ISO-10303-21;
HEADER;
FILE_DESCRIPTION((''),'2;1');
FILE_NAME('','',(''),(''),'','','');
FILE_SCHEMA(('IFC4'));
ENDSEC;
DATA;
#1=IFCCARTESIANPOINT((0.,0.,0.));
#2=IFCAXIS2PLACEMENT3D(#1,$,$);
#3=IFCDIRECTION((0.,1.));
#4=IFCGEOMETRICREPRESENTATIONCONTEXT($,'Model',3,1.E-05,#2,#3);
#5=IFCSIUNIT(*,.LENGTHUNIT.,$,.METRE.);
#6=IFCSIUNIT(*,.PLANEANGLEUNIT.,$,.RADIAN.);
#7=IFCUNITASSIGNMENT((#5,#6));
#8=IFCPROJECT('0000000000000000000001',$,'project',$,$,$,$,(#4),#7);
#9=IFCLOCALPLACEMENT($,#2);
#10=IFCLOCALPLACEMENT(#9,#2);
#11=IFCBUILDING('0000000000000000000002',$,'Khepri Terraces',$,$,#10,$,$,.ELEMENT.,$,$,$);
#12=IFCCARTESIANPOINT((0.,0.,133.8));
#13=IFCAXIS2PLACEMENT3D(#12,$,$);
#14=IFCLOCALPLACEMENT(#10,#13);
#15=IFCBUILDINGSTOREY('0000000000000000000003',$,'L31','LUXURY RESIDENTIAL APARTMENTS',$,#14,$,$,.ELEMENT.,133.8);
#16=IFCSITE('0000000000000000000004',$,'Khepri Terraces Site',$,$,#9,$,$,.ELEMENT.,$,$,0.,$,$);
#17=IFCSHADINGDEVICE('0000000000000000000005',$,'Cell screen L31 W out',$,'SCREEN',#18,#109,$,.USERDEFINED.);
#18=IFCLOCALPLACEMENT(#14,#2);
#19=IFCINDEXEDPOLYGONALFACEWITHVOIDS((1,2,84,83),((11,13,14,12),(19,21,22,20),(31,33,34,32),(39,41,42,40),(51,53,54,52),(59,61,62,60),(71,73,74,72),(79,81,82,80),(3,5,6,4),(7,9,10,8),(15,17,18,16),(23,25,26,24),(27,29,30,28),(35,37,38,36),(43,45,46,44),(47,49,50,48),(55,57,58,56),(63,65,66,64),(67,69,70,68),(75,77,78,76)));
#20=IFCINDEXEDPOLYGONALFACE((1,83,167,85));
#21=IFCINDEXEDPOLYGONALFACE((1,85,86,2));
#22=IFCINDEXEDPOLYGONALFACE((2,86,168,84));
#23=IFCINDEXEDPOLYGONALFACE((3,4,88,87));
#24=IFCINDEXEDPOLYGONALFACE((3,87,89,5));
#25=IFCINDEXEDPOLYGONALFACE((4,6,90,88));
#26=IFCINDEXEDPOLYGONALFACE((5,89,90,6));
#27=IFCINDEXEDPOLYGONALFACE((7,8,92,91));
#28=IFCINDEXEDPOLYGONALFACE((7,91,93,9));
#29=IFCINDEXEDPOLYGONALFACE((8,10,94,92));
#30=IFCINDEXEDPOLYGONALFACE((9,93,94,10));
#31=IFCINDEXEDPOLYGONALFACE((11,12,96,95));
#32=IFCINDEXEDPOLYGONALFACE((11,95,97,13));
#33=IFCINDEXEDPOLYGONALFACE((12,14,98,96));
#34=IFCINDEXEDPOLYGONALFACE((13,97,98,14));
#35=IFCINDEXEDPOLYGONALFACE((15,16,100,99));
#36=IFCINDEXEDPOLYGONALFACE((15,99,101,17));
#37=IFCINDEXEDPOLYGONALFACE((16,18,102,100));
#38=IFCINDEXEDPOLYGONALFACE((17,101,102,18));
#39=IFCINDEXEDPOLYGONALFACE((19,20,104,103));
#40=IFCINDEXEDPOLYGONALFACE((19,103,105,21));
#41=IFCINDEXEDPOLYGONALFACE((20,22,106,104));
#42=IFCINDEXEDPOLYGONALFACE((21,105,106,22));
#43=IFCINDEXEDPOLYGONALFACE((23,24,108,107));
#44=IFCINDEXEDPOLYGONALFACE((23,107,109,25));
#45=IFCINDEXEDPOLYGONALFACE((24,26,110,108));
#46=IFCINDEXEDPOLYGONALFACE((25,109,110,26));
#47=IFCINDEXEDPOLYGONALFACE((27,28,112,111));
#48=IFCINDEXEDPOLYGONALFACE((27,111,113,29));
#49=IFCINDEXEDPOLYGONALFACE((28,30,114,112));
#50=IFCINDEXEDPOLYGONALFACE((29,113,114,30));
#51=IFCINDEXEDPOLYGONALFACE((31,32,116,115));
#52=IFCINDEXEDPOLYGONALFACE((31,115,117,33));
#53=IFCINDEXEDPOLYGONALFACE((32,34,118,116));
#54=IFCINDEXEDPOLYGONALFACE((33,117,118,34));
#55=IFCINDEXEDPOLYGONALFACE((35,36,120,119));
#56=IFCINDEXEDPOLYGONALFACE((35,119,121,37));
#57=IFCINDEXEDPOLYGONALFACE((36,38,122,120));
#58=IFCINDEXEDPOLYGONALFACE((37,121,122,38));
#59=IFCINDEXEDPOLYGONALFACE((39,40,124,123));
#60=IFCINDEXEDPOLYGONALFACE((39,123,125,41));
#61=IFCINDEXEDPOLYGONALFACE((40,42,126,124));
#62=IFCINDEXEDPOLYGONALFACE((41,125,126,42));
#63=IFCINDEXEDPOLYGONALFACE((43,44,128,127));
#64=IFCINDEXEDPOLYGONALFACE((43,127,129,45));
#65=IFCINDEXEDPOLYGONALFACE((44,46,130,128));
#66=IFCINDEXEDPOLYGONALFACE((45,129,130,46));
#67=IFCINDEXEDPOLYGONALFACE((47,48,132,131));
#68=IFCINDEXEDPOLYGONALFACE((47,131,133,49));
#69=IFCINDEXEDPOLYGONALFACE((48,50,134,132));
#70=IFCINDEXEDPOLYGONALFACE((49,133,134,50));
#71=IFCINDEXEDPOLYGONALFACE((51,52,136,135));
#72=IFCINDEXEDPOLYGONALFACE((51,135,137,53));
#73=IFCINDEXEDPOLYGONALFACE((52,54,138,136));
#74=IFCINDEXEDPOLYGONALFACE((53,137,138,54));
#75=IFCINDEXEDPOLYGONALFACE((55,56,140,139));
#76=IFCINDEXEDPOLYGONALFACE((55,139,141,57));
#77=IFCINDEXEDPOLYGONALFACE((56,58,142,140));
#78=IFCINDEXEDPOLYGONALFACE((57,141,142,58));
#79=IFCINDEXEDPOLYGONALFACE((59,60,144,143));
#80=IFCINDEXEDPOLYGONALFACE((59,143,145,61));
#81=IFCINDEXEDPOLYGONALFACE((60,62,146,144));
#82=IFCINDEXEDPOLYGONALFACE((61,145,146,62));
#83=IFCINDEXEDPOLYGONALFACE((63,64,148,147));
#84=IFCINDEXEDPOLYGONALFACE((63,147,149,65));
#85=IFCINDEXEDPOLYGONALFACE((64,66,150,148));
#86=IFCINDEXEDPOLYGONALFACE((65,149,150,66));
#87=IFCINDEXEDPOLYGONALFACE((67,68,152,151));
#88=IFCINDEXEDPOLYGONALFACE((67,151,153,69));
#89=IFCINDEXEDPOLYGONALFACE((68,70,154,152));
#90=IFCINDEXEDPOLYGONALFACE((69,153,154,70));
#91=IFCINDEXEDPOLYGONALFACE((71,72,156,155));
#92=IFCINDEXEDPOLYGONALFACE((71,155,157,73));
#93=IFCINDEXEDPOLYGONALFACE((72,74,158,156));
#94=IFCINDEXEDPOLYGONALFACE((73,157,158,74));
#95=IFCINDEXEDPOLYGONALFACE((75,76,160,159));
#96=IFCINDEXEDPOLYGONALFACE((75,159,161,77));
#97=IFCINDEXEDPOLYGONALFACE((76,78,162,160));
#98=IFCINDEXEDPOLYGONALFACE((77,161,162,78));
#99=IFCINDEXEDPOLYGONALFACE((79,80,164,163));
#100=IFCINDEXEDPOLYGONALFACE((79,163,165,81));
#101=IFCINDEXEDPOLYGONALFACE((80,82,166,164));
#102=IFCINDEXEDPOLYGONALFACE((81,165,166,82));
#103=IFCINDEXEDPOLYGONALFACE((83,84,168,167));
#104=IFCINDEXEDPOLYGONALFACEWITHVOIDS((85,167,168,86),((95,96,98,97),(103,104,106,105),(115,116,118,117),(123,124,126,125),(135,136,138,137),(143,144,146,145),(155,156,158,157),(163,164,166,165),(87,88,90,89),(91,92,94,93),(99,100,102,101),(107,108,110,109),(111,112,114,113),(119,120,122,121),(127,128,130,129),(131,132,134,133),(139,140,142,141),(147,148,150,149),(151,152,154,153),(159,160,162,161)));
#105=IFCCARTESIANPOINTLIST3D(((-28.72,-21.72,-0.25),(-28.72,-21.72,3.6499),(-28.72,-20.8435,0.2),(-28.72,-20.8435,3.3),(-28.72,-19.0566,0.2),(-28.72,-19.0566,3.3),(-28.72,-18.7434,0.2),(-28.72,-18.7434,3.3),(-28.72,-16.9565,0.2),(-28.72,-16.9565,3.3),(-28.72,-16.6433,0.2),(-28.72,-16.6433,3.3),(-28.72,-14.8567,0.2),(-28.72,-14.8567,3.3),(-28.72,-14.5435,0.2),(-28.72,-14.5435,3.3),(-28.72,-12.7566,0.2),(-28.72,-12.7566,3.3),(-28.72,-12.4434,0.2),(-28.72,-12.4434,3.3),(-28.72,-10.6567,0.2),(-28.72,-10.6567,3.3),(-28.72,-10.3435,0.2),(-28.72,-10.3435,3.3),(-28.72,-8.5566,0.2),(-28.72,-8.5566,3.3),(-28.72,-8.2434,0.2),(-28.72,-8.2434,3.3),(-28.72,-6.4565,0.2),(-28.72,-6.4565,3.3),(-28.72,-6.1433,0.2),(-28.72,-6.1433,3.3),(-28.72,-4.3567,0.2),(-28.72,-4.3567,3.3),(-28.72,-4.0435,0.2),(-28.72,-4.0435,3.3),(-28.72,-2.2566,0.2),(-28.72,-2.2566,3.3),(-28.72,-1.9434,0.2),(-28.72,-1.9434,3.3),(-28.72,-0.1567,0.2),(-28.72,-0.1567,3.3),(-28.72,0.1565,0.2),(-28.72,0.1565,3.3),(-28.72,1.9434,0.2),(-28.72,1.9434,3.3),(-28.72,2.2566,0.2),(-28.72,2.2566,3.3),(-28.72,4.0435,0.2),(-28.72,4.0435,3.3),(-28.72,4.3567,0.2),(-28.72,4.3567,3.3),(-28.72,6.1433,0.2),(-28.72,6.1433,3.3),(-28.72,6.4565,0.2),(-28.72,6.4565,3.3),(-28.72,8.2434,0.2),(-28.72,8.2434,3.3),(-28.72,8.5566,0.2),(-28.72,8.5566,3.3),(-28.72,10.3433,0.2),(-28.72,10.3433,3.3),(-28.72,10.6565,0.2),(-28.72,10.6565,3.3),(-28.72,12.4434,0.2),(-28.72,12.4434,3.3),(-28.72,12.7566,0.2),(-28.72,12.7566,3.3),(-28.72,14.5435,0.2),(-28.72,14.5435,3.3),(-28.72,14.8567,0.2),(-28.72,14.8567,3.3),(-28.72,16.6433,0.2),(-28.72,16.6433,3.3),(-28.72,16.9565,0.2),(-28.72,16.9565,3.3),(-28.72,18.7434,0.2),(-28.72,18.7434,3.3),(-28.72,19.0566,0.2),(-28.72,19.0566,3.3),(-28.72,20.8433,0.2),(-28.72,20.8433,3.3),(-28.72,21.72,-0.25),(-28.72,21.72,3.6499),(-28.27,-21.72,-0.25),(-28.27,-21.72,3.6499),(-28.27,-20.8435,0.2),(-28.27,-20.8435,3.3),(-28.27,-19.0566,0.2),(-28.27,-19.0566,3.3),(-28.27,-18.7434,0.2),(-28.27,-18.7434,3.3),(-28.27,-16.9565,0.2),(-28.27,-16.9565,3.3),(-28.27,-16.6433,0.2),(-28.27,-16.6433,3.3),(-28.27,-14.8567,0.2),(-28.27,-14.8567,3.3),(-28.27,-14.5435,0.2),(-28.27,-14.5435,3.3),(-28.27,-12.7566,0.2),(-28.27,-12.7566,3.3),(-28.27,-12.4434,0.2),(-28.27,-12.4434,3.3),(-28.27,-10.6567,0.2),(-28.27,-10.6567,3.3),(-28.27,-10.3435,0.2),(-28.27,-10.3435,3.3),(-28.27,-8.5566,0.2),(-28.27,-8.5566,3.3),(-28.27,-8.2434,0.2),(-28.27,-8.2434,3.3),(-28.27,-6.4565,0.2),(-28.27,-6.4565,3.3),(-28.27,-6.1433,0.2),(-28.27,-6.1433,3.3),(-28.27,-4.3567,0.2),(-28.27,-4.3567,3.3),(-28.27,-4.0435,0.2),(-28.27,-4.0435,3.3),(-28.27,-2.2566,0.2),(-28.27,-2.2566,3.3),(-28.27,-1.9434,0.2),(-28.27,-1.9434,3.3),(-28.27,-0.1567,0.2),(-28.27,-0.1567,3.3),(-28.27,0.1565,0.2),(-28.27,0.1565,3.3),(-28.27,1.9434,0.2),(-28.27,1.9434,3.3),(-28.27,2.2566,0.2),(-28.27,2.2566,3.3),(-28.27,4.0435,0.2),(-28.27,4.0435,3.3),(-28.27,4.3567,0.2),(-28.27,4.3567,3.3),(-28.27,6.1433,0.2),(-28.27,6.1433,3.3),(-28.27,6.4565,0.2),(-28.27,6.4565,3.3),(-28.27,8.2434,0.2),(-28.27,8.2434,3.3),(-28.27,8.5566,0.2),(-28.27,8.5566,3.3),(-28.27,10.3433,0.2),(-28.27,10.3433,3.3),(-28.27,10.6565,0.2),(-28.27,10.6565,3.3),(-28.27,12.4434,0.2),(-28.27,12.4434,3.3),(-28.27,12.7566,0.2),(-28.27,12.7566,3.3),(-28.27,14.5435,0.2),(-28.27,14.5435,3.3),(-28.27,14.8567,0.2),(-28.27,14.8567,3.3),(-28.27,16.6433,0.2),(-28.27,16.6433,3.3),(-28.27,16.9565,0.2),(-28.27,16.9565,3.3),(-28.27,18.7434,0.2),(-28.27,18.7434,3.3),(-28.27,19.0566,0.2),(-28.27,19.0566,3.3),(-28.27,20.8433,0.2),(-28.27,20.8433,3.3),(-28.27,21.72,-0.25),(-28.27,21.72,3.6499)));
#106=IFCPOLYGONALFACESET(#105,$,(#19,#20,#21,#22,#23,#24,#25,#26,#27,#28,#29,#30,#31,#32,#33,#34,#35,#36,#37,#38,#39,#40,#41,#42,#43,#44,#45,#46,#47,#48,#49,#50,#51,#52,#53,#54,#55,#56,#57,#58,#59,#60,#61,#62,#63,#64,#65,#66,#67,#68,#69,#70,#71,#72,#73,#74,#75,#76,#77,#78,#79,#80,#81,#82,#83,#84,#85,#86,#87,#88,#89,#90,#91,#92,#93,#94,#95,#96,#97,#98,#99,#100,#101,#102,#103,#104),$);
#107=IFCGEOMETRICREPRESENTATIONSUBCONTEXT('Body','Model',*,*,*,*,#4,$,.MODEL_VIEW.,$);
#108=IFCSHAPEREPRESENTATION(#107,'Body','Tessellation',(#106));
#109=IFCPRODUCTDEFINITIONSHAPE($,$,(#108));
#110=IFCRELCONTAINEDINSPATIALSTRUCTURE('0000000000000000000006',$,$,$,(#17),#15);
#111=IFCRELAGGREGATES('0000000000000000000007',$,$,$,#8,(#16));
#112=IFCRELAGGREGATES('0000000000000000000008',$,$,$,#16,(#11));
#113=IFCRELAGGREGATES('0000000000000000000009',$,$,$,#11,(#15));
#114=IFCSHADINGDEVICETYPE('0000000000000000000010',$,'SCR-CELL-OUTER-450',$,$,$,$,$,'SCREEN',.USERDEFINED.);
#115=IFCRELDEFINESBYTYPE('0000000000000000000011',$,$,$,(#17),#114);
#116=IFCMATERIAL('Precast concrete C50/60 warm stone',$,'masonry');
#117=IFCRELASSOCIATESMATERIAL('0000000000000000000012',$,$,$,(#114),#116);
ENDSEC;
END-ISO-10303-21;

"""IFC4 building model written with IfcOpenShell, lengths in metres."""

from ifc_helpers import new_model, si_unit, direction, frame, origin, place, context, subcontext, project, spatial, polyline, outline, extrude, material, type_object, element, save


model = new_model("IFC4")

# Units and contexts
model_context = context("Model", 3, precision=1e-05, world=origin(), true_north=direction((0.0, 1.0)))
body_context = subcontext(model_context, "Body", "Model", "MODEL_VIEW")
ifc_project = project(units=[si_unit("LENGTHUNIT", "METRE"), si_unit("PLANEANGLEUNIT", "RADIAN")], contexts=[model_context])

# Site, building, storey
site_placement = place(None, origin())
site = spatial("IfcSite", under=ifc_project, at=site_placement, Name="Khepri Terraces Site", CompositionType="ELEMENT", RefElevation=0.0)
building_placement = place(site_placement, origin())
building = spatial("IfcBuilding", under=site, at=building_placement, Name="Khepri Terraces", CompositionType="ELEMENT")
storey_placement = place(building_placement, frame((0.0, 0.0, 133.8)))
storey = spatial("IfcBuildingStorey", under=building, at=storey_placement, Name="L31", Description="LUXURY RESIDENTIAL APARTMENTS", CompositionType="ELEMENT", Elevation=133.8)

# Shared definitions
ifc_material_1 = material(Name="Precast concrete C50/60 warm stone", Category="masonry")

# Shading device
shading_device_type_1 = type_object("IfcShadingDeviceType", Name="SCR-CELL-OUTER-450", ElementType="SCREEN", PredefinedType="USERDEFINED", material=ifc_material_1)
shading_device_1_placement = place(storey_placement, frame((-28.27, 21.72, -0.25), z_axis=(-1.0, 0.0, 0.0), x_axis=(0.0, -1.0, 0.0)))
element("IfcShadingDevice", 1, at=shading_device_1_placement, inside=storey, type_object=shading_device_type_1, Name="Cell screen L31 W out", ObjectType="SCREEN", PredefinedType="USERDEFINED", context=body_context, shape_type="SweptSolid", body=[
    extrude(outline(polyline([(0.0, 0.0), (43.4399, 0.0), (43.4399, 3.8999), (0.0, 3.8999), (0.0, 0.0)]), holes=[polyline([(0.8767, 0.45), (2.6633, 0.45), (2.6633, 3.55), (0.8767, 3.55), (0.8767, 0.45)]), polyline([(2.9766, 0.45), (4.7634, 0.45), (4.7634, 3.55), (2.9766, 3.55), (2.9766, 0.45)]), polyline([(5.0767, 0.45), (6.8633, 0.45), (6.8633, 3.55), (5.0767, 3.55), (5.0767, 0.45)]), polyline([(7.1765, 0.45), (8.9634, 0.45), (8.9634, 3.55), (7.1765, 3.55), (7.1765, 0.45)]), polyline([(9.2766, 0.45), (11.0635, 0.45), (11.0635, 3.55), (9.2766, 3.55), (9.2766, 0.45)]), polyline([(11.3767, 0.45), (13.1633, 0.45), (13.1633, 3.55), (11.3767, 3.55), (11.3767, 0.45)]), polyline([(13.4766, 0.45), (15.2634, 0.45), (15.2634, 3.55), (13.4766, 3.55), (13.4766, 0.45)]), polyline([(15.5767, 0.45), (17.3633, 0.45), (17.3633, 3.55), (15.5767, 3.55), (15.5767, 0.45)]), polyline([(17.6765, 0.45), (19.4634, 0.45), (19.4634, 3.55), (17.6765, 3.55), (17.6765, 0.45)]), polyline([(19.7766, 0.45), (21.5635, 0.45), (21.5635, 3.55), (19.7766, 3.55), (19.7766, 0.45)]), polyline([(21.8767, 0.45), (23.6633, 0.45), (23.6633, 3.55), (21.8767, 3.55), (21.8767, 0.45)]), polyline([(23.9766, 0.45), (25.7634, 0.45), (25.7634, 3.55), (23.9766, 3.55), (23.9766, 0.45)]), polyline([(26.0767, 0.45), (27.8633, 0.45), (27.8633, 3.55), (26.0767, 3.55), (26.0767, 0.45)]), polyline([(28.1765, 0.45), (29.9634, 0.45), (29.9634, 3.55), (28.1765, 3.55), (28.1765, 0.45)]), polyline([(30.2766, 0.45), (32.0635, 0.45), (32.0635, 3.55), (30.2766, 3.55), (30.2766, 0.45)]), polyline([(32.3767, 0.45), (34.1633, 0.45), (34.1633, 3.55), (32.3767, 3.55), (32.3767, 0.45)]), polyline([(34.4766, 0.45), (36.2634, 0.45), (36.2634, 3.55), (34.4766, 3.55), (34.4766, 0.45)]), polyline([(36.5767, 0.45), (38.3633, 0.45), (38.3633, 3.55), (36.5767, 3.55), (36.5767, 0.45)]), polyline([(38.6765, 0.45), (40.4634, 0.45), (40.4634, 3.55), (38.6765, 3.55), (38.6765, 0.45)]), polyline([(40.7766, 0.45), (42.5635, 0.45), (42.5635, 3.55), (40.7766, 3.55), (40.7766, 0.45)])]), origin(), (0.0, 0.0, 1.0), 0.45),
])

save(model, "model.ifc")
